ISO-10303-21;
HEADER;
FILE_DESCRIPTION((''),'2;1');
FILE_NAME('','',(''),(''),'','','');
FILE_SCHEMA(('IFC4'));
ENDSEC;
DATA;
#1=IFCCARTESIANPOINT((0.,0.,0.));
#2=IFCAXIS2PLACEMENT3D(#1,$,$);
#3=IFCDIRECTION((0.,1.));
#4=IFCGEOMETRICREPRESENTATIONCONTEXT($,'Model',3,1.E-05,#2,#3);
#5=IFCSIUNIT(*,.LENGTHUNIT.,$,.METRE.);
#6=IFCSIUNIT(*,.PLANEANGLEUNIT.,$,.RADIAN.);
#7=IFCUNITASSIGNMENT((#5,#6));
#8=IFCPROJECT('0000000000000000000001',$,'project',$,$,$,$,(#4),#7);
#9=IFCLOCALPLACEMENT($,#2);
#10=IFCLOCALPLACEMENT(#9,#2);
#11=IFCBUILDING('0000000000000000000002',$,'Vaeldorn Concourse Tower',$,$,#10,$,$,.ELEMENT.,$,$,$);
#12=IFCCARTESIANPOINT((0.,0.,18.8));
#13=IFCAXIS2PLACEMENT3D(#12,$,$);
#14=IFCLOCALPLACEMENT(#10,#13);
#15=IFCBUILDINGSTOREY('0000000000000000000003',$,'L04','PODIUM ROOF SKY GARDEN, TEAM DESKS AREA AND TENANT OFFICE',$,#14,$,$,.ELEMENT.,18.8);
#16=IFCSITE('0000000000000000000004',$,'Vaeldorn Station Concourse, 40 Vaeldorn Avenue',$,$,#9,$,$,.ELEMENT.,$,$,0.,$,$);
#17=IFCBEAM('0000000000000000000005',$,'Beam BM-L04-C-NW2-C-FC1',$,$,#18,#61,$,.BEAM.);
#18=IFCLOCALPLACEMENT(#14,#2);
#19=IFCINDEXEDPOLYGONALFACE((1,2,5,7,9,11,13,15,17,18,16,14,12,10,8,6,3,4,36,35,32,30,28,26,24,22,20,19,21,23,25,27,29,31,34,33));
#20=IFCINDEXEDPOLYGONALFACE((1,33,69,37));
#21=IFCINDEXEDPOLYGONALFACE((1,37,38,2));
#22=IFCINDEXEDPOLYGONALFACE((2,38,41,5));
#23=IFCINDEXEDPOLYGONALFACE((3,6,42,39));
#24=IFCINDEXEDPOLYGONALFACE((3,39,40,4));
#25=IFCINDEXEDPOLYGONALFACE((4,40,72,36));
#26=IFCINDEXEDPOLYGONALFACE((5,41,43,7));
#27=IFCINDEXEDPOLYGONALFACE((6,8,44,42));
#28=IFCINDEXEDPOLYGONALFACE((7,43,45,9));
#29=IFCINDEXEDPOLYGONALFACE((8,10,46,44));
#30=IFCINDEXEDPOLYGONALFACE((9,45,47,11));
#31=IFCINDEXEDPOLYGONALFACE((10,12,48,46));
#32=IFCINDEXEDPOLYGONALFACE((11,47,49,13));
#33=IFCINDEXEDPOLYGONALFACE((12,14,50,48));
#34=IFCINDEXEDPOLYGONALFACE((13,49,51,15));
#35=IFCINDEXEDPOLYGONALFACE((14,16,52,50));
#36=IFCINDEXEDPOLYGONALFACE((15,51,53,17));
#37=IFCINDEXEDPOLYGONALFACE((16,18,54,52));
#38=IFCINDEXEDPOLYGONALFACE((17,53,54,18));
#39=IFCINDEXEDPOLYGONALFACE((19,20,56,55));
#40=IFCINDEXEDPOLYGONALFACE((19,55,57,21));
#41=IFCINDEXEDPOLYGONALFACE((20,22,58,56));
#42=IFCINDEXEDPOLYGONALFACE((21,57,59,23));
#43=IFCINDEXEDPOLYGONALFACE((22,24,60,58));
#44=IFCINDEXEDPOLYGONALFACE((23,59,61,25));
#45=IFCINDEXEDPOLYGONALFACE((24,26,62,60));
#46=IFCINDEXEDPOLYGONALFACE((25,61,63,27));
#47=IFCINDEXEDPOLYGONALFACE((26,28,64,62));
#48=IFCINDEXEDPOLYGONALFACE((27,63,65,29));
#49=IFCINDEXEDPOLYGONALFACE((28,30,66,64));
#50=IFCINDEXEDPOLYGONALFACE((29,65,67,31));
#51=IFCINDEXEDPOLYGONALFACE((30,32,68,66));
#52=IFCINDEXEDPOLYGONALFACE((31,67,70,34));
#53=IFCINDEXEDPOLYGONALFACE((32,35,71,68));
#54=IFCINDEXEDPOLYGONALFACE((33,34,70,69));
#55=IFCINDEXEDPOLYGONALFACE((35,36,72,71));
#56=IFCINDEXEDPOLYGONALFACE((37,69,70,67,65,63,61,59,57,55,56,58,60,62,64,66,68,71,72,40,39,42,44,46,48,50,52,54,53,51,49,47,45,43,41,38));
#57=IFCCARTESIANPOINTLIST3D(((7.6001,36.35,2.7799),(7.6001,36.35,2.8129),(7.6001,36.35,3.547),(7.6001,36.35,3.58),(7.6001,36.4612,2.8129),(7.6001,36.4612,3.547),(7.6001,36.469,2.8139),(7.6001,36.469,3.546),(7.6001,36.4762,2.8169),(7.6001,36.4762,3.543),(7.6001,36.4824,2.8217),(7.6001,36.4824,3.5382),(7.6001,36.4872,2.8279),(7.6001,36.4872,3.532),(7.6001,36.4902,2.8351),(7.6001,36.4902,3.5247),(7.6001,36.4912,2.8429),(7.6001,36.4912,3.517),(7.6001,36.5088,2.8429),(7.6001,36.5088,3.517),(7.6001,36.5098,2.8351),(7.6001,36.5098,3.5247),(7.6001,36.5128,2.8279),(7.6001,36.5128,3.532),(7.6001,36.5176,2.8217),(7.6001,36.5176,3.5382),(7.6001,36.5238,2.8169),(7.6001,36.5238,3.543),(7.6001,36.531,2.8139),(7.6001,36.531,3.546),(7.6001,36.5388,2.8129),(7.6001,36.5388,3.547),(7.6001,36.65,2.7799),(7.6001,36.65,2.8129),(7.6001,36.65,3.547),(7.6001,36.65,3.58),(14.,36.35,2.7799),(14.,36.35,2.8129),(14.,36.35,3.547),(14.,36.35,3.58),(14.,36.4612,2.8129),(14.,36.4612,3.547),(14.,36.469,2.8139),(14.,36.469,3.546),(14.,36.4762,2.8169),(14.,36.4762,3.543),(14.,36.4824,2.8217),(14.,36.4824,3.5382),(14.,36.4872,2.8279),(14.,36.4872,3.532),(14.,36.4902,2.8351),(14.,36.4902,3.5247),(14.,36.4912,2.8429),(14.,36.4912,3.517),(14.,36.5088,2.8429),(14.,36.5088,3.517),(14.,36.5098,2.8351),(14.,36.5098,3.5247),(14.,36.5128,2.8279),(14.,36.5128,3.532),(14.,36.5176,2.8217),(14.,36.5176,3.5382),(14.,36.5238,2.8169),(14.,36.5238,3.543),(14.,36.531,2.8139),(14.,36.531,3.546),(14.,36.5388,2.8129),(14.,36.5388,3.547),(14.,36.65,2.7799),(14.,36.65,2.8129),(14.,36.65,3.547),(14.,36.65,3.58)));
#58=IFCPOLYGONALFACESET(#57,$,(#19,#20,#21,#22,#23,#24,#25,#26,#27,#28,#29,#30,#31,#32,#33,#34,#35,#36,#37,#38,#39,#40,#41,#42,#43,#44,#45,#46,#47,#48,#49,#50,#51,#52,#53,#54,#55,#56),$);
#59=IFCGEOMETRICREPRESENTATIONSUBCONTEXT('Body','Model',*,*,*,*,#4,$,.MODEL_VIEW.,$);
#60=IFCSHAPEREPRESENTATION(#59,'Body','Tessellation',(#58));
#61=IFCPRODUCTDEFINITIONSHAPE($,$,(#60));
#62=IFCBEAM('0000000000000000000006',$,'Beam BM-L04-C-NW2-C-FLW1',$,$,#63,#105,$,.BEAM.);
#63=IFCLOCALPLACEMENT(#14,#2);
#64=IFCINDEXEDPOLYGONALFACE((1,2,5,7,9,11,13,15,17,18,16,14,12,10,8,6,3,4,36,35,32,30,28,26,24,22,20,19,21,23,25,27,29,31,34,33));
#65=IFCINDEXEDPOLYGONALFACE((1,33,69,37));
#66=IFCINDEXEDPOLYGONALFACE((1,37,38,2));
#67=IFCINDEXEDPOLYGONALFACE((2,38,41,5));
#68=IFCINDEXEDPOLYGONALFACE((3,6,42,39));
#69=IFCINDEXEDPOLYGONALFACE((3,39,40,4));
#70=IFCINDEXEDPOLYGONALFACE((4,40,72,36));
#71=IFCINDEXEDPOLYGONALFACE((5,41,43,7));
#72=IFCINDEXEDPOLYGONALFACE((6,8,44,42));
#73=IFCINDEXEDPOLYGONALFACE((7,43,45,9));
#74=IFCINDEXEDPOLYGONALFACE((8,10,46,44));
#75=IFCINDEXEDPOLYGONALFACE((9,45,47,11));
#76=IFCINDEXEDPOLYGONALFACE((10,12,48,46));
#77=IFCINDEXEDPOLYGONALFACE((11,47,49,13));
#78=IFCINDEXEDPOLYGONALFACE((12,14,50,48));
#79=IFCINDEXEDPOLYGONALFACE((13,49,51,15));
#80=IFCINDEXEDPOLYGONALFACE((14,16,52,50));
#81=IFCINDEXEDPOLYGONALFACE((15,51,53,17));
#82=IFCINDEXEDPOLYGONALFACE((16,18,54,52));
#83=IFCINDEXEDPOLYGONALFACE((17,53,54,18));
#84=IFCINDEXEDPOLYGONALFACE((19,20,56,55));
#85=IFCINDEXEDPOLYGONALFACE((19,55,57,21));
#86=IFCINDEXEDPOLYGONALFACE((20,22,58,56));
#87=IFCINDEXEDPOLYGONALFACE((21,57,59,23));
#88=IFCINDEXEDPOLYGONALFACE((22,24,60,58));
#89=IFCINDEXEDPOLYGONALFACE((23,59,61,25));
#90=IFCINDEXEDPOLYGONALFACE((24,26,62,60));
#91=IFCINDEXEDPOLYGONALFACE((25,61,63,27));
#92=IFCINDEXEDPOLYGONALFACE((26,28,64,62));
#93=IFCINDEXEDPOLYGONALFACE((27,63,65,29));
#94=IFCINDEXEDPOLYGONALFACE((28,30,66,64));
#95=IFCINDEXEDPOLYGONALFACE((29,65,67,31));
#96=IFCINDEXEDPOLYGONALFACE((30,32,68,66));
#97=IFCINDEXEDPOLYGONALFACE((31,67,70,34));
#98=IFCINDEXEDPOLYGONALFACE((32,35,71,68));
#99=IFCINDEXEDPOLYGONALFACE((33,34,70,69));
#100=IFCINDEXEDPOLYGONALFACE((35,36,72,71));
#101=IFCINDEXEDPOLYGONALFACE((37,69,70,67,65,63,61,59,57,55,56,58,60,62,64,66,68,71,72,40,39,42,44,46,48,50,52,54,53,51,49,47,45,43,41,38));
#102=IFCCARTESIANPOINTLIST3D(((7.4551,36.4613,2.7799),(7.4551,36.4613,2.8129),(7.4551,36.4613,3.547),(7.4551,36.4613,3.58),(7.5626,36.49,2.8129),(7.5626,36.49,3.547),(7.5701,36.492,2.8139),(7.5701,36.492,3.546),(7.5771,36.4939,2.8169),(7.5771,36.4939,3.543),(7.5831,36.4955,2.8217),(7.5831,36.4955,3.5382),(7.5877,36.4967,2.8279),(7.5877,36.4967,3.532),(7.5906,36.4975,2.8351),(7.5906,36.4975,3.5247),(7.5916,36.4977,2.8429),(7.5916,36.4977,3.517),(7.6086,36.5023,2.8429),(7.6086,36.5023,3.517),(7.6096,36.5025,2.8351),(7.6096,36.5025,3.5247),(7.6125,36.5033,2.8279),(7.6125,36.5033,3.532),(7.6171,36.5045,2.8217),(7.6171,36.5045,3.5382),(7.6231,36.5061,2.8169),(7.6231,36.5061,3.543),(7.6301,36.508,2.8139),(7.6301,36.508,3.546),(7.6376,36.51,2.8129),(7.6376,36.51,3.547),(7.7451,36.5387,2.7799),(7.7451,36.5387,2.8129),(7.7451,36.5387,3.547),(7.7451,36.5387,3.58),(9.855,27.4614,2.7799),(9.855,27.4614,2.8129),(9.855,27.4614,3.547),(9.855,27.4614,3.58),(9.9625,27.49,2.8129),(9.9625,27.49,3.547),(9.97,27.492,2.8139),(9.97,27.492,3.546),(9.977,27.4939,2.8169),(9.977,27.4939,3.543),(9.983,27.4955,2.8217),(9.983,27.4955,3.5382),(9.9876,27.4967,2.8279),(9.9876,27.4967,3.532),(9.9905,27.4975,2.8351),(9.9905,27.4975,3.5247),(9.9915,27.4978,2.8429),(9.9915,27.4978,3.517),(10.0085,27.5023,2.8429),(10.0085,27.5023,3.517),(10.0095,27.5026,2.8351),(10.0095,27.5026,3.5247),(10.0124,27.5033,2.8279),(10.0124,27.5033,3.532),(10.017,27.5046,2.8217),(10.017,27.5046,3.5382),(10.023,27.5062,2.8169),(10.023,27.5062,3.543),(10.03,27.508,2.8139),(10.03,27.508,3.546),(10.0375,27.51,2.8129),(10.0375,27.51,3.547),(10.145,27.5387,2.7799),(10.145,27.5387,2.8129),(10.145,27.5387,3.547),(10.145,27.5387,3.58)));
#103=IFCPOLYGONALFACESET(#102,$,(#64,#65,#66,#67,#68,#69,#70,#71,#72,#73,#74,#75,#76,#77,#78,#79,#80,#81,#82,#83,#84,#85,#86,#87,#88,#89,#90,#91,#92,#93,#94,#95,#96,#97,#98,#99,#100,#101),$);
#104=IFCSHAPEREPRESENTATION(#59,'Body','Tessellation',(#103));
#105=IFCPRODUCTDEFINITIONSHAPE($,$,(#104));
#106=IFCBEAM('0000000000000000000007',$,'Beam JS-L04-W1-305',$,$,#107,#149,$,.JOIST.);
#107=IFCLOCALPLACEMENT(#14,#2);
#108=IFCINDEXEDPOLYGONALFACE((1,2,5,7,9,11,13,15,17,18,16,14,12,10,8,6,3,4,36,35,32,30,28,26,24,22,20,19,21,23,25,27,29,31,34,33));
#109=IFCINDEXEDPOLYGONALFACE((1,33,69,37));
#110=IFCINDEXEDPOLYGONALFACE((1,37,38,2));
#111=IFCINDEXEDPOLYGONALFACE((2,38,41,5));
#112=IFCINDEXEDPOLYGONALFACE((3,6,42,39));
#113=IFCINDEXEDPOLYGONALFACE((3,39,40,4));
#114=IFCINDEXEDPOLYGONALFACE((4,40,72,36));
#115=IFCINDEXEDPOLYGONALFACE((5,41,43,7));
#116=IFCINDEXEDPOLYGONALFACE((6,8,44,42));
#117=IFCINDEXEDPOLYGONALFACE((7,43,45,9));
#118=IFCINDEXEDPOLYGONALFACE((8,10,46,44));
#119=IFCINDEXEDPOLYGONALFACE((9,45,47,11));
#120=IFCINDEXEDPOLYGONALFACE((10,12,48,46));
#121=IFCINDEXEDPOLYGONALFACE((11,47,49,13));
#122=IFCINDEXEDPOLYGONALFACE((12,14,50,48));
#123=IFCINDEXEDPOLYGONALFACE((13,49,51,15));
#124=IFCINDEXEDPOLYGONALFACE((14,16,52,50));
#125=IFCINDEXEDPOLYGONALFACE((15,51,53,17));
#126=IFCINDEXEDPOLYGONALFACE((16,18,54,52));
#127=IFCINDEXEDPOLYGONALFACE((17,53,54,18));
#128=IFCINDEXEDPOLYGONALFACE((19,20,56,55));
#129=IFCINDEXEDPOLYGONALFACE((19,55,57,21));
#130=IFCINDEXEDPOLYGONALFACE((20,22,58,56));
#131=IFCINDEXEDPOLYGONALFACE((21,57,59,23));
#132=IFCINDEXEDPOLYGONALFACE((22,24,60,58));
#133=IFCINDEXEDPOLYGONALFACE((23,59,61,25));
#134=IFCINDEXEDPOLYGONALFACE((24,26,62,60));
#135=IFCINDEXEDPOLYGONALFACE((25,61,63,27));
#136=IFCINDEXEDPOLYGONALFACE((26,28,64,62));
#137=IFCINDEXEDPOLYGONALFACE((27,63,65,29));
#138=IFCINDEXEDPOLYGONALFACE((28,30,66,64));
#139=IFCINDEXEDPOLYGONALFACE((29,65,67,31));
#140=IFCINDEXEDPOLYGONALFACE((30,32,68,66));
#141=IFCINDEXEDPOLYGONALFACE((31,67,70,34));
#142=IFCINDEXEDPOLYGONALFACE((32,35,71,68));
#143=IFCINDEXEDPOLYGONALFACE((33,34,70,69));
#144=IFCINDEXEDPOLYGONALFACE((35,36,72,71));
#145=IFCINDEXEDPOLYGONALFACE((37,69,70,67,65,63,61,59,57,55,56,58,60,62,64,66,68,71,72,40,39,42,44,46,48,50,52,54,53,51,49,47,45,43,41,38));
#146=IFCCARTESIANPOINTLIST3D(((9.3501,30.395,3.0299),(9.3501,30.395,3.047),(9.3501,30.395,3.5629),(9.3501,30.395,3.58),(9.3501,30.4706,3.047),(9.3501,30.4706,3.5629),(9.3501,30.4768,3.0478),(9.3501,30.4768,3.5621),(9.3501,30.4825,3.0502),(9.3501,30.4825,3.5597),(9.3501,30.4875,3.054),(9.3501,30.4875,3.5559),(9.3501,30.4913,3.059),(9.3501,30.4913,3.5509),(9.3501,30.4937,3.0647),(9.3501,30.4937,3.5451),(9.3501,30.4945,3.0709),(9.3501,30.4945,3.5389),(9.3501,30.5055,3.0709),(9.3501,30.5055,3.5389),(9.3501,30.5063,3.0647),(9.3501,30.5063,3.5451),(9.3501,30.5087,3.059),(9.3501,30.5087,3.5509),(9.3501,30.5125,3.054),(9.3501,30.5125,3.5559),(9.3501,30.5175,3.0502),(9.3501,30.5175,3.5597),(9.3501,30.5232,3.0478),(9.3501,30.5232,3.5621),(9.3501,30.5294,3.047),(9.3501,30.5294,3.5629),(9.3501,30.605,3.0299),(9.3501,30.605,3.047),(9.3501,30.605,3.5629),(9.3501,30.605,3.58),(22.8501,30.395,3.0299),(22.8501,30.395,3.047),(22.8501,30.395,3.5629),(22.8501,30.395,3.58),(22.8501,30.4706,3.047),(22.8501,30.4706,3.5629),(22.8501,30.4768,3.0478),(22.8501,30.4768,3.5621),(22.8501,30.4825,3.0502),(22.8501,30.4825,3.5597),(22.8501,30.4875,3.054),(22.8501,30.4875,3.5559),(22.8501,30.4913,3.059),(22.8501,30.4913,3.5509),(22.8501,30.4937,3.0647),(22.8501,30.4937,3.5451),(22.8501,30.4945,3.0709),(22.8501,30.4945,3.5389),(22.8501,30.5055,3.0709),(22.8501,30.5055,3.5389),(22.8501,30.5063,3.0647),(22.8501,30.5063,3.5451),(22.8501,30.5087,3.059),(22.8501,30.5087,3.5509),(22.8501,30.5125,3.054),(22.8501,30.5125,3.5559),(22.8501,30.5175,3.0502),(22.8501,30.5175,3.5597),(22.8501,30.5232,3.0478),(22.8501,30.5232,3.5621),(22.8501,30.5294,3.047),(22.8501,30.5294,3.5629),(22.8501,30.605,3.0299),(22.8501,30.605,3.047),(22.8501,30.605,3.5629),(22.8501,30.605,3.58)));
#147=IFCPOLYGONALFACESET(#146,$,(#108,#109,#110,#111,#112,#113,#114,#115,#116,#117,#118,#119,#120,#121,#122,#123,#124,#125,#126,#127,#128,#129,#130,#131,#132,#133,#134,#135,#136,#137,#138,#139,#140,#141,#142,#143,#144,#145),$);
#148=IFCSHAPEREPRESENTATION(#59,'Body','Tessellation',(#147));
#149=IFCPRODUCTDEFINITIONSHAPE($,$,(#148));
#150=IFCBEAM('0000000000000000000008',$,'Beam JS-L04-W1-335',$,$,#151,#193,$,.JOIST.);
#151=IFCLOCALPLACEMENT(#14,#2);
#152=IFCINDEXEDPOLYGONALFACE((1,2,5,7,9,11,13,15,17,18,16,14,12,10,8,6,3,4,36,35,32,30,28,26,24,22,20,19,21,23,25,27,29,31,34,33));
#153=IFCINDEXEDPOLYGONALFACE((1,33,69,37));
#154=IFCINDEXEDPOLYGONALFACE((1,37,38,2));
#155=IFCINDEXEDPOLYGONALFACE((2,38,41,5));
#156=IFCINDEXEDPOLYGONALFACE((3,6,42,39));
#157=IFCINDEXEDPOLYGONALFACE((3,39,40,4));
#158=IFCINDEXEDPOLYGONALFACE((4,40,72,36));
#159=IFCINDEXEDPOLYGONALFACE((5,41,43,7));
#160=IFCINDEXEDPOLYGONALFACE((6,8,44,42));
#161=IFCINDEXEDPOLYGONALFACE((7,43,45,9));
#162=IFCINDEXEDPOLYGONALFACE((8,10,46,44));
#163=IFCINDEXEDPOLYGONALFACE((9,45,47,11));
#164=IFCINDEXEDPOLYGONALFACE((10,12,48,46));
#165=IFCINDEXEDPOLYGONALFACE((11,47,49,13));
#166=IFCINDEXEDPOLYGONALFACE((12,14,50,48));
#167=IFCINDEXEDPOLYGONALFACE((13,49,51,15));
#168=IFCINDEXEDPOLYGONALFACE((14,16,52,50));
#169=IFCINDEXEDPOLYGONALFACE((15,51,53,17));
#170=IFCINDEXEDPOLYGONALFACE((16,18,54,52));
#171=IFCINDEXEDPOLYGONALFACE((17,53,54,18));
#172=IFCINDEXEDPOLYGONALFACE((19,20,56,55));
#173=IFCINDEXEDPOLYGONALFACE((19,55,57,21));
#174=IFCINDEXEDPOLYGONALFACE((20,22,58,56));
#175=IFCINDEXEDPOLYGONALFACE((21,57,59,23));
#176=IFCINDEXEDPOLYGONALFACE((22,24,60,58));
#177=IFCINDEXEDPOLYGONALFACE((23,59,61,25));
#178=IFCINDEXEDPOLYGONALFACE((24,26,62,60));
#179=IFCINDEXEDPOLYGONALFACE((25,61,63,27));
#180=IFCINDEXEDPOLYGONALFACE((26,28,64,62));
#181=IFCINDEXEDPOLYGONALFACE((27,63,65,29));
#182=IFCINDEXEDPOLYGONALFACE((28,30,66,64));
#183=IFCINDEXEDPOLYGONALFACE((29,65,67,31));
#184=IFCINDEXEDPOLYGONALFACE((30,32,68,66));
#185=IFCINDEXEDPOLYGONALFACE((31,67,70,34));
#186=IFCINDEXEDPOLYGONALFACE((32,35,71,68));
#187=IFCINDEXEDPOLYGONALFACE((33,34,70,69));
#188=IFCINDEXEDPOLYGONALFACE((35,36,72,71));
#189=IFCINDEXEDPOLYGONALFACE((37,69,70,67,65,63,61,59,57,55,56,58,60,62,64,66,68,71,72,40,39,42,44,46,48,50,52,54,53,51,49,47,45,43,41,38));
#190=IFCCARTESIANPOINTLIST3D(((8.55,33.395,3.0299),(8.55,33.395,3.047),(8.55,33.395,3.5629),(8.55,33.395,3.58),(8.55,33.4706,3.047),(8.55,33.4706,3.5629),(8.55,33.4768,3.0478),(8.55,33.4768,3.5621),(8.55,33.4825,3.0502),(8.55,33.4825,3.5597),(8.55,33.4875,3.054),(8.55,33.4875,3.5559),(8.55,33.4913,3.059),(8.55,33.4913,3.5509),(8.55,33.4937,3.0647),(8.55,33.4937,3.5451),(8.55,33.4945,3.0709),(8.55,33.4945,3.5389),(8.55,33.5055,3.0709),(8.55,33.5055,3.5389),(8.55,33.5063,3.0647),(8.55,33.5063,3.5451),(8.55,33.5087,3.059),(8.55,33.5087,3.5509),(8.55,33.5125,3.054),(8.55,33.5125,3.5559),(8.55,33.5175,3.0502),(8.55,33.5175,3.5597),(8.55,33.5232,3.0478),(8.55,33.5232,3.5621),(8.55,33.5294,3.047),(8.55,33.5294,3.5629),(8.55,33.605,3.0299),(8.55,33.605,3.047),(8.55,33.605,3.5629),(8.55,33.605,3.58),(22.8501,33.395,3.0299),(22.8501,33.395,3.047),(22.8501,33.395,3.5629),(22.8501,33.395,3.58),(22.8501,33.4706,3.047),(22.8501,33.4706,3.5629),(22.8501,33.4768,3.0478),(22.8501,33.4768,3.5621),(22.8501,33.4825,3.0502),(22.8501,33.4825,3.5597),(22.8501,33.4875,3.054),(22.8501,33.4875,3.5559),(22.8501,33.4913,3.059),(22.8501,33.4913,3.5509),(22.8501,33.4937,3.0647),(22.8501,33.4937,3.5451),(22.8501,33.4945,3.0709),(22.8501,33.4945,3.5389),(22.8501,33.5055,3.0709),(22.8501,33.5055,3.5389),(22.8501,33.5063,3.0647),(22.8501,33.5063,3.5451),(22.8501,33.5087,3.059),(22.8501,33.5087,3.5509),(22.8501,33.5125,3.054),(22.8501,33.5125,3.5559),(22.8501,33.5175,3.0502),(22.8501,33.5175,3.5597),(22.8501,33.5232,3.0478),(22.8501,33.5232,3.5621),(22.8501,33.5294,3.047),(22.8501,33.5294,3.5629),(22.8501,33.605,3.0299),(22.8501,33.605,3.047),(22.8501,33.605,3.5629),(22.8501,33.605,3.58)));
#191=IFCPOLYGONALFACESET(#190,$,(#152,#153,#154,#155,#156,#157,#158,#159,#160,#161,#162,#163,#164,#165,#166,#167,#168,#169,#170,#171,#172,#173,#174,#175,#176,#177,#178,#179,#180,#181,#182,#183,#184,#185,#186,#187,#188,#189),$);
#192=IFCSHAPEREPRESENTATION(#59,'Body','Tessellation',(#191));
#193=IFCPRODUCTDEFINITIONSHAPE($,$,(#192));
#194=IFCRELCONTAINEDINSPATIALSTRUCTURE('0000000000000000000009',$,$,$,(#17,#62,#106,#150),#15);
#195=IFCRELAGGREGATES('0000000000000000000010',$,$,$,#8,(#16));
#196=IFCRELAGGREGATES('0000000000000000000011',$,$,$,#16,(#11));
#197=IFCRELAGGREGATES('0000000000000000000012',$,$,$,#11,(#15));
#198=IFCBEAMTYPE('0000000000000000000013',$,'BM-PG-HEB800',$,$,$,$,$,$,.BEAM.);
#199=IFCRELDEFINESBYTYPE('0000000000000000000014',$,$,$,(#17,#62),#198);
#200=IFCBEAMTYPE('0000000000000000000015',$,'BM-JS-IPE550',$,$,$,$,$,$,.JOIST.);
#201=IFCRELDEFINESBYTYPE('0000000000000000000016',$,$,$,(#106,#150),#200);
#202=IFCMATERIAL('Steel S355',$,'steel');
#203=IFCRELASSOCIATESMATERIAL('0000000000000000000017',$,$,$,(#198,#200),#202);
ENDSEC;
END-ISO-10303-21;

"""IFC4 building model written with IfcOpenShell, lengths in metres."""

from ifc_helpers import new_model, si_unit, direction, frame, origin, origin_2d, place, context, subcontext, project, spatial, i_section, extrude, source, transform, mapped, material, material_profile, profile_set, type_object, element, save


model = new_model("IFC4")

# Units and contexts
model_context = context("Model", 3, precision=1e-05, world=origin(), true_north=direction((0.0, 1.0)))
body_context = subcontext(model_context, "Body", "Model", "MODEL_VIEW")
ifc_project = project(units=[si_unit("LENGTHUNIT", "METRE"), si_unit("PLANEANGLEUNIT", "RADIAN")], contexts=[model_context])

# Site, building, storey
site_placement = place(None, origin())
site = spatial("IfcSite", under=ifc_project, at=site_placement, Name="Vaeldorn Station Concourse, 40 Vaeldorn Avenue", CompositionType="ELEMENT", RefElevation=0.0)
building_placement = place(site_placement, origin())
building = spatial("IfcBuilding", under=site, at=building_placement, Name="Vaeldorn Concourse Tower", CompositionType="ELEMENT")
storey_placement = place(building_placement, frame((0.0, 0.0, 18.8)))
storey = spatial("IfcBuildingStorey", under=building, at=storey_placement, Name="L04", Description="PODIUM ROOF SKY GARDEN, TEAM DESKS AREA AND TENANT OFFICE", CompositionType="ELEMENT", Elevation=18.8)

# Beams
ifc_material_1 = material(Name="Steel S355", Category="steel")
ifc_material_profile_1 = material_profile(ifc_material_1, i_section(OverallWidth=0.3, OverallDepth=0.8, WebThickness=0.0176, FlangeThickness=0.033, FilletRadius=0.03, at=origin_2d()), Name="HEB 800")
ifc_profile_set_1 = profile_set([ifc_material_profile_1], Name="Steel S355")
beam_type_1 = type_object("IfcBeamType", Name="BM-PG-HEB800", PredefinedType="BEAM", material=ifc_profile_set_1)
shared_shape_1 = source(origin(), body_context, "Body", "SweptSolid", [
    extrude(i_section(OverallWidth=0.3, OverallDepth=0.8, WebThickness=0.0176, FlangeThickness=0.033, FilletRadius=0.03, at=origin_2d()), origin(), (0.0, 0.0, 1.0), 6.3999),
])
beam_1_placement = place(storey_placement, frame((7.6001, 36.5, 3.1799), z_axis=(1.0, 0.0, 0.0), x_axis=(0.0, 1.0, 0.0)))
element("IfcBeam", 1, at=beam_1_placement, inside=storey, type_object=beam_type_1, Name="Beam BM-L04-C-NW2-C-FC1", PredefinedType="BEAM", context=body_context, shape_type="MappedRepresentation", body=[
    mapped(shared_shape_1, transform((0.0, 0.0, 0.0), scale=1.0)),
])
shared_shape_2 = source(origin(), body_context, "Body", "SweptSolid", [
    extrude(i_section(OverallWidth=0.3, OverallDepth=0.8, WebThickness=0.0176, FlangeThickness=0.033, FilletRadius=0.03, at=origin_2d()), origin(), (0.0, 0.0, 1.0), 9.3145),
])
beam_2_placement = place(storey_placement, frame((7.6001, 36.5, 3.1799), z_axis=(0.257653, -0.966238, 0.0), x_axis=(0.966238, 0.257653, 0.0)))
element("IfcBeam", 2, at=beam_2_placement, inside=storey, type_object=beam_type_1, Name="Beam BM-L04-C-NW2-C-FLW1", PredefinedType="BEAM", context=body_context, shape_type="MappedRepresentation", body=[
    mapped(shared_shape_2, transform((0.0, 0.0, 0.0), scale=1.0)),
])
ifc_material_profile_2 = material_profile(ifc_material_1, i_section(OverallWidth=0.21, OverallDepth=0.55, WebThickness=0.011, FlangeThickness=0.0171, FilletRadius=0.0239, at=origin_2d()), Name="IPE 550")
ifc_profile_set_2 = profile_set([ifc_material_profile_2], Name="Steel S355")
beam_type_2 = type_object("IfcBeamType", Name="BM-JS-IPE550", PredefinedType="JOIST", material=ifc_profile_set_2)
shared_shape_3 = source(origin(), body_context, "Body", "SweptSolid", [
    extrude(i_section(OverallWidth=0.21, OverallDepth=0.55, WebThickness=0.011, FlangeThickness=0.0171, FilletRadius=0.0239, at=origin_2d()), origin(), (0.0, 0.0, 1.0), 13.5),
])
beam_3_placement = place(storey_placement, frame((9.3501, 30.5, 3.3049), z_axis=(1.0, 0.0, 0.0), x_axis=(0.0, 1.0, 0.0)))
element("IfcBeam", 3, at=beam_3_placement, inside=storey, type_object=beam_type_2, Name="Beam JS-L04-W1-305", PredefinedType="JOIST", context=body_context, shape_type="MappedRepresentation", body=[
    mapped(shared_shape_3, transform((0.0, 0.0, 0.0), scale=1.0)),
])
shared_shape_4 = source(origin(), body_context, "Body", "SweptSolid", [
    extrude(i_section(OverallWidth=0.21, OverallDepth=0.55, WebThickness=0.011, FlangeThickness=0.0171, FilletRadius=0.0239, at=origin_2d()), origin(), (0.0, 0.0, 1.0), 14.3),
])
beam_4_placement = place(storey_placement, frame((8.55, 33.5, 3.3049), z_axis=(1.0, 0.0, 0.0), x_axis=(0.0, 1.0, 0.0)))
element("IfcBeam", 4, at=beam_4_placement, inside=storey, type_object=beam_type_2, Name="Beam JS-L04-W1-335", PredefinedType="JOIST", context=body_context, shape_type="MappedRepresentation", body=[
    mapped(shared_shape_4, transform((0.0, 0.0, 0.0), scale=1.0)),
])

save(model, "model.ifc")
